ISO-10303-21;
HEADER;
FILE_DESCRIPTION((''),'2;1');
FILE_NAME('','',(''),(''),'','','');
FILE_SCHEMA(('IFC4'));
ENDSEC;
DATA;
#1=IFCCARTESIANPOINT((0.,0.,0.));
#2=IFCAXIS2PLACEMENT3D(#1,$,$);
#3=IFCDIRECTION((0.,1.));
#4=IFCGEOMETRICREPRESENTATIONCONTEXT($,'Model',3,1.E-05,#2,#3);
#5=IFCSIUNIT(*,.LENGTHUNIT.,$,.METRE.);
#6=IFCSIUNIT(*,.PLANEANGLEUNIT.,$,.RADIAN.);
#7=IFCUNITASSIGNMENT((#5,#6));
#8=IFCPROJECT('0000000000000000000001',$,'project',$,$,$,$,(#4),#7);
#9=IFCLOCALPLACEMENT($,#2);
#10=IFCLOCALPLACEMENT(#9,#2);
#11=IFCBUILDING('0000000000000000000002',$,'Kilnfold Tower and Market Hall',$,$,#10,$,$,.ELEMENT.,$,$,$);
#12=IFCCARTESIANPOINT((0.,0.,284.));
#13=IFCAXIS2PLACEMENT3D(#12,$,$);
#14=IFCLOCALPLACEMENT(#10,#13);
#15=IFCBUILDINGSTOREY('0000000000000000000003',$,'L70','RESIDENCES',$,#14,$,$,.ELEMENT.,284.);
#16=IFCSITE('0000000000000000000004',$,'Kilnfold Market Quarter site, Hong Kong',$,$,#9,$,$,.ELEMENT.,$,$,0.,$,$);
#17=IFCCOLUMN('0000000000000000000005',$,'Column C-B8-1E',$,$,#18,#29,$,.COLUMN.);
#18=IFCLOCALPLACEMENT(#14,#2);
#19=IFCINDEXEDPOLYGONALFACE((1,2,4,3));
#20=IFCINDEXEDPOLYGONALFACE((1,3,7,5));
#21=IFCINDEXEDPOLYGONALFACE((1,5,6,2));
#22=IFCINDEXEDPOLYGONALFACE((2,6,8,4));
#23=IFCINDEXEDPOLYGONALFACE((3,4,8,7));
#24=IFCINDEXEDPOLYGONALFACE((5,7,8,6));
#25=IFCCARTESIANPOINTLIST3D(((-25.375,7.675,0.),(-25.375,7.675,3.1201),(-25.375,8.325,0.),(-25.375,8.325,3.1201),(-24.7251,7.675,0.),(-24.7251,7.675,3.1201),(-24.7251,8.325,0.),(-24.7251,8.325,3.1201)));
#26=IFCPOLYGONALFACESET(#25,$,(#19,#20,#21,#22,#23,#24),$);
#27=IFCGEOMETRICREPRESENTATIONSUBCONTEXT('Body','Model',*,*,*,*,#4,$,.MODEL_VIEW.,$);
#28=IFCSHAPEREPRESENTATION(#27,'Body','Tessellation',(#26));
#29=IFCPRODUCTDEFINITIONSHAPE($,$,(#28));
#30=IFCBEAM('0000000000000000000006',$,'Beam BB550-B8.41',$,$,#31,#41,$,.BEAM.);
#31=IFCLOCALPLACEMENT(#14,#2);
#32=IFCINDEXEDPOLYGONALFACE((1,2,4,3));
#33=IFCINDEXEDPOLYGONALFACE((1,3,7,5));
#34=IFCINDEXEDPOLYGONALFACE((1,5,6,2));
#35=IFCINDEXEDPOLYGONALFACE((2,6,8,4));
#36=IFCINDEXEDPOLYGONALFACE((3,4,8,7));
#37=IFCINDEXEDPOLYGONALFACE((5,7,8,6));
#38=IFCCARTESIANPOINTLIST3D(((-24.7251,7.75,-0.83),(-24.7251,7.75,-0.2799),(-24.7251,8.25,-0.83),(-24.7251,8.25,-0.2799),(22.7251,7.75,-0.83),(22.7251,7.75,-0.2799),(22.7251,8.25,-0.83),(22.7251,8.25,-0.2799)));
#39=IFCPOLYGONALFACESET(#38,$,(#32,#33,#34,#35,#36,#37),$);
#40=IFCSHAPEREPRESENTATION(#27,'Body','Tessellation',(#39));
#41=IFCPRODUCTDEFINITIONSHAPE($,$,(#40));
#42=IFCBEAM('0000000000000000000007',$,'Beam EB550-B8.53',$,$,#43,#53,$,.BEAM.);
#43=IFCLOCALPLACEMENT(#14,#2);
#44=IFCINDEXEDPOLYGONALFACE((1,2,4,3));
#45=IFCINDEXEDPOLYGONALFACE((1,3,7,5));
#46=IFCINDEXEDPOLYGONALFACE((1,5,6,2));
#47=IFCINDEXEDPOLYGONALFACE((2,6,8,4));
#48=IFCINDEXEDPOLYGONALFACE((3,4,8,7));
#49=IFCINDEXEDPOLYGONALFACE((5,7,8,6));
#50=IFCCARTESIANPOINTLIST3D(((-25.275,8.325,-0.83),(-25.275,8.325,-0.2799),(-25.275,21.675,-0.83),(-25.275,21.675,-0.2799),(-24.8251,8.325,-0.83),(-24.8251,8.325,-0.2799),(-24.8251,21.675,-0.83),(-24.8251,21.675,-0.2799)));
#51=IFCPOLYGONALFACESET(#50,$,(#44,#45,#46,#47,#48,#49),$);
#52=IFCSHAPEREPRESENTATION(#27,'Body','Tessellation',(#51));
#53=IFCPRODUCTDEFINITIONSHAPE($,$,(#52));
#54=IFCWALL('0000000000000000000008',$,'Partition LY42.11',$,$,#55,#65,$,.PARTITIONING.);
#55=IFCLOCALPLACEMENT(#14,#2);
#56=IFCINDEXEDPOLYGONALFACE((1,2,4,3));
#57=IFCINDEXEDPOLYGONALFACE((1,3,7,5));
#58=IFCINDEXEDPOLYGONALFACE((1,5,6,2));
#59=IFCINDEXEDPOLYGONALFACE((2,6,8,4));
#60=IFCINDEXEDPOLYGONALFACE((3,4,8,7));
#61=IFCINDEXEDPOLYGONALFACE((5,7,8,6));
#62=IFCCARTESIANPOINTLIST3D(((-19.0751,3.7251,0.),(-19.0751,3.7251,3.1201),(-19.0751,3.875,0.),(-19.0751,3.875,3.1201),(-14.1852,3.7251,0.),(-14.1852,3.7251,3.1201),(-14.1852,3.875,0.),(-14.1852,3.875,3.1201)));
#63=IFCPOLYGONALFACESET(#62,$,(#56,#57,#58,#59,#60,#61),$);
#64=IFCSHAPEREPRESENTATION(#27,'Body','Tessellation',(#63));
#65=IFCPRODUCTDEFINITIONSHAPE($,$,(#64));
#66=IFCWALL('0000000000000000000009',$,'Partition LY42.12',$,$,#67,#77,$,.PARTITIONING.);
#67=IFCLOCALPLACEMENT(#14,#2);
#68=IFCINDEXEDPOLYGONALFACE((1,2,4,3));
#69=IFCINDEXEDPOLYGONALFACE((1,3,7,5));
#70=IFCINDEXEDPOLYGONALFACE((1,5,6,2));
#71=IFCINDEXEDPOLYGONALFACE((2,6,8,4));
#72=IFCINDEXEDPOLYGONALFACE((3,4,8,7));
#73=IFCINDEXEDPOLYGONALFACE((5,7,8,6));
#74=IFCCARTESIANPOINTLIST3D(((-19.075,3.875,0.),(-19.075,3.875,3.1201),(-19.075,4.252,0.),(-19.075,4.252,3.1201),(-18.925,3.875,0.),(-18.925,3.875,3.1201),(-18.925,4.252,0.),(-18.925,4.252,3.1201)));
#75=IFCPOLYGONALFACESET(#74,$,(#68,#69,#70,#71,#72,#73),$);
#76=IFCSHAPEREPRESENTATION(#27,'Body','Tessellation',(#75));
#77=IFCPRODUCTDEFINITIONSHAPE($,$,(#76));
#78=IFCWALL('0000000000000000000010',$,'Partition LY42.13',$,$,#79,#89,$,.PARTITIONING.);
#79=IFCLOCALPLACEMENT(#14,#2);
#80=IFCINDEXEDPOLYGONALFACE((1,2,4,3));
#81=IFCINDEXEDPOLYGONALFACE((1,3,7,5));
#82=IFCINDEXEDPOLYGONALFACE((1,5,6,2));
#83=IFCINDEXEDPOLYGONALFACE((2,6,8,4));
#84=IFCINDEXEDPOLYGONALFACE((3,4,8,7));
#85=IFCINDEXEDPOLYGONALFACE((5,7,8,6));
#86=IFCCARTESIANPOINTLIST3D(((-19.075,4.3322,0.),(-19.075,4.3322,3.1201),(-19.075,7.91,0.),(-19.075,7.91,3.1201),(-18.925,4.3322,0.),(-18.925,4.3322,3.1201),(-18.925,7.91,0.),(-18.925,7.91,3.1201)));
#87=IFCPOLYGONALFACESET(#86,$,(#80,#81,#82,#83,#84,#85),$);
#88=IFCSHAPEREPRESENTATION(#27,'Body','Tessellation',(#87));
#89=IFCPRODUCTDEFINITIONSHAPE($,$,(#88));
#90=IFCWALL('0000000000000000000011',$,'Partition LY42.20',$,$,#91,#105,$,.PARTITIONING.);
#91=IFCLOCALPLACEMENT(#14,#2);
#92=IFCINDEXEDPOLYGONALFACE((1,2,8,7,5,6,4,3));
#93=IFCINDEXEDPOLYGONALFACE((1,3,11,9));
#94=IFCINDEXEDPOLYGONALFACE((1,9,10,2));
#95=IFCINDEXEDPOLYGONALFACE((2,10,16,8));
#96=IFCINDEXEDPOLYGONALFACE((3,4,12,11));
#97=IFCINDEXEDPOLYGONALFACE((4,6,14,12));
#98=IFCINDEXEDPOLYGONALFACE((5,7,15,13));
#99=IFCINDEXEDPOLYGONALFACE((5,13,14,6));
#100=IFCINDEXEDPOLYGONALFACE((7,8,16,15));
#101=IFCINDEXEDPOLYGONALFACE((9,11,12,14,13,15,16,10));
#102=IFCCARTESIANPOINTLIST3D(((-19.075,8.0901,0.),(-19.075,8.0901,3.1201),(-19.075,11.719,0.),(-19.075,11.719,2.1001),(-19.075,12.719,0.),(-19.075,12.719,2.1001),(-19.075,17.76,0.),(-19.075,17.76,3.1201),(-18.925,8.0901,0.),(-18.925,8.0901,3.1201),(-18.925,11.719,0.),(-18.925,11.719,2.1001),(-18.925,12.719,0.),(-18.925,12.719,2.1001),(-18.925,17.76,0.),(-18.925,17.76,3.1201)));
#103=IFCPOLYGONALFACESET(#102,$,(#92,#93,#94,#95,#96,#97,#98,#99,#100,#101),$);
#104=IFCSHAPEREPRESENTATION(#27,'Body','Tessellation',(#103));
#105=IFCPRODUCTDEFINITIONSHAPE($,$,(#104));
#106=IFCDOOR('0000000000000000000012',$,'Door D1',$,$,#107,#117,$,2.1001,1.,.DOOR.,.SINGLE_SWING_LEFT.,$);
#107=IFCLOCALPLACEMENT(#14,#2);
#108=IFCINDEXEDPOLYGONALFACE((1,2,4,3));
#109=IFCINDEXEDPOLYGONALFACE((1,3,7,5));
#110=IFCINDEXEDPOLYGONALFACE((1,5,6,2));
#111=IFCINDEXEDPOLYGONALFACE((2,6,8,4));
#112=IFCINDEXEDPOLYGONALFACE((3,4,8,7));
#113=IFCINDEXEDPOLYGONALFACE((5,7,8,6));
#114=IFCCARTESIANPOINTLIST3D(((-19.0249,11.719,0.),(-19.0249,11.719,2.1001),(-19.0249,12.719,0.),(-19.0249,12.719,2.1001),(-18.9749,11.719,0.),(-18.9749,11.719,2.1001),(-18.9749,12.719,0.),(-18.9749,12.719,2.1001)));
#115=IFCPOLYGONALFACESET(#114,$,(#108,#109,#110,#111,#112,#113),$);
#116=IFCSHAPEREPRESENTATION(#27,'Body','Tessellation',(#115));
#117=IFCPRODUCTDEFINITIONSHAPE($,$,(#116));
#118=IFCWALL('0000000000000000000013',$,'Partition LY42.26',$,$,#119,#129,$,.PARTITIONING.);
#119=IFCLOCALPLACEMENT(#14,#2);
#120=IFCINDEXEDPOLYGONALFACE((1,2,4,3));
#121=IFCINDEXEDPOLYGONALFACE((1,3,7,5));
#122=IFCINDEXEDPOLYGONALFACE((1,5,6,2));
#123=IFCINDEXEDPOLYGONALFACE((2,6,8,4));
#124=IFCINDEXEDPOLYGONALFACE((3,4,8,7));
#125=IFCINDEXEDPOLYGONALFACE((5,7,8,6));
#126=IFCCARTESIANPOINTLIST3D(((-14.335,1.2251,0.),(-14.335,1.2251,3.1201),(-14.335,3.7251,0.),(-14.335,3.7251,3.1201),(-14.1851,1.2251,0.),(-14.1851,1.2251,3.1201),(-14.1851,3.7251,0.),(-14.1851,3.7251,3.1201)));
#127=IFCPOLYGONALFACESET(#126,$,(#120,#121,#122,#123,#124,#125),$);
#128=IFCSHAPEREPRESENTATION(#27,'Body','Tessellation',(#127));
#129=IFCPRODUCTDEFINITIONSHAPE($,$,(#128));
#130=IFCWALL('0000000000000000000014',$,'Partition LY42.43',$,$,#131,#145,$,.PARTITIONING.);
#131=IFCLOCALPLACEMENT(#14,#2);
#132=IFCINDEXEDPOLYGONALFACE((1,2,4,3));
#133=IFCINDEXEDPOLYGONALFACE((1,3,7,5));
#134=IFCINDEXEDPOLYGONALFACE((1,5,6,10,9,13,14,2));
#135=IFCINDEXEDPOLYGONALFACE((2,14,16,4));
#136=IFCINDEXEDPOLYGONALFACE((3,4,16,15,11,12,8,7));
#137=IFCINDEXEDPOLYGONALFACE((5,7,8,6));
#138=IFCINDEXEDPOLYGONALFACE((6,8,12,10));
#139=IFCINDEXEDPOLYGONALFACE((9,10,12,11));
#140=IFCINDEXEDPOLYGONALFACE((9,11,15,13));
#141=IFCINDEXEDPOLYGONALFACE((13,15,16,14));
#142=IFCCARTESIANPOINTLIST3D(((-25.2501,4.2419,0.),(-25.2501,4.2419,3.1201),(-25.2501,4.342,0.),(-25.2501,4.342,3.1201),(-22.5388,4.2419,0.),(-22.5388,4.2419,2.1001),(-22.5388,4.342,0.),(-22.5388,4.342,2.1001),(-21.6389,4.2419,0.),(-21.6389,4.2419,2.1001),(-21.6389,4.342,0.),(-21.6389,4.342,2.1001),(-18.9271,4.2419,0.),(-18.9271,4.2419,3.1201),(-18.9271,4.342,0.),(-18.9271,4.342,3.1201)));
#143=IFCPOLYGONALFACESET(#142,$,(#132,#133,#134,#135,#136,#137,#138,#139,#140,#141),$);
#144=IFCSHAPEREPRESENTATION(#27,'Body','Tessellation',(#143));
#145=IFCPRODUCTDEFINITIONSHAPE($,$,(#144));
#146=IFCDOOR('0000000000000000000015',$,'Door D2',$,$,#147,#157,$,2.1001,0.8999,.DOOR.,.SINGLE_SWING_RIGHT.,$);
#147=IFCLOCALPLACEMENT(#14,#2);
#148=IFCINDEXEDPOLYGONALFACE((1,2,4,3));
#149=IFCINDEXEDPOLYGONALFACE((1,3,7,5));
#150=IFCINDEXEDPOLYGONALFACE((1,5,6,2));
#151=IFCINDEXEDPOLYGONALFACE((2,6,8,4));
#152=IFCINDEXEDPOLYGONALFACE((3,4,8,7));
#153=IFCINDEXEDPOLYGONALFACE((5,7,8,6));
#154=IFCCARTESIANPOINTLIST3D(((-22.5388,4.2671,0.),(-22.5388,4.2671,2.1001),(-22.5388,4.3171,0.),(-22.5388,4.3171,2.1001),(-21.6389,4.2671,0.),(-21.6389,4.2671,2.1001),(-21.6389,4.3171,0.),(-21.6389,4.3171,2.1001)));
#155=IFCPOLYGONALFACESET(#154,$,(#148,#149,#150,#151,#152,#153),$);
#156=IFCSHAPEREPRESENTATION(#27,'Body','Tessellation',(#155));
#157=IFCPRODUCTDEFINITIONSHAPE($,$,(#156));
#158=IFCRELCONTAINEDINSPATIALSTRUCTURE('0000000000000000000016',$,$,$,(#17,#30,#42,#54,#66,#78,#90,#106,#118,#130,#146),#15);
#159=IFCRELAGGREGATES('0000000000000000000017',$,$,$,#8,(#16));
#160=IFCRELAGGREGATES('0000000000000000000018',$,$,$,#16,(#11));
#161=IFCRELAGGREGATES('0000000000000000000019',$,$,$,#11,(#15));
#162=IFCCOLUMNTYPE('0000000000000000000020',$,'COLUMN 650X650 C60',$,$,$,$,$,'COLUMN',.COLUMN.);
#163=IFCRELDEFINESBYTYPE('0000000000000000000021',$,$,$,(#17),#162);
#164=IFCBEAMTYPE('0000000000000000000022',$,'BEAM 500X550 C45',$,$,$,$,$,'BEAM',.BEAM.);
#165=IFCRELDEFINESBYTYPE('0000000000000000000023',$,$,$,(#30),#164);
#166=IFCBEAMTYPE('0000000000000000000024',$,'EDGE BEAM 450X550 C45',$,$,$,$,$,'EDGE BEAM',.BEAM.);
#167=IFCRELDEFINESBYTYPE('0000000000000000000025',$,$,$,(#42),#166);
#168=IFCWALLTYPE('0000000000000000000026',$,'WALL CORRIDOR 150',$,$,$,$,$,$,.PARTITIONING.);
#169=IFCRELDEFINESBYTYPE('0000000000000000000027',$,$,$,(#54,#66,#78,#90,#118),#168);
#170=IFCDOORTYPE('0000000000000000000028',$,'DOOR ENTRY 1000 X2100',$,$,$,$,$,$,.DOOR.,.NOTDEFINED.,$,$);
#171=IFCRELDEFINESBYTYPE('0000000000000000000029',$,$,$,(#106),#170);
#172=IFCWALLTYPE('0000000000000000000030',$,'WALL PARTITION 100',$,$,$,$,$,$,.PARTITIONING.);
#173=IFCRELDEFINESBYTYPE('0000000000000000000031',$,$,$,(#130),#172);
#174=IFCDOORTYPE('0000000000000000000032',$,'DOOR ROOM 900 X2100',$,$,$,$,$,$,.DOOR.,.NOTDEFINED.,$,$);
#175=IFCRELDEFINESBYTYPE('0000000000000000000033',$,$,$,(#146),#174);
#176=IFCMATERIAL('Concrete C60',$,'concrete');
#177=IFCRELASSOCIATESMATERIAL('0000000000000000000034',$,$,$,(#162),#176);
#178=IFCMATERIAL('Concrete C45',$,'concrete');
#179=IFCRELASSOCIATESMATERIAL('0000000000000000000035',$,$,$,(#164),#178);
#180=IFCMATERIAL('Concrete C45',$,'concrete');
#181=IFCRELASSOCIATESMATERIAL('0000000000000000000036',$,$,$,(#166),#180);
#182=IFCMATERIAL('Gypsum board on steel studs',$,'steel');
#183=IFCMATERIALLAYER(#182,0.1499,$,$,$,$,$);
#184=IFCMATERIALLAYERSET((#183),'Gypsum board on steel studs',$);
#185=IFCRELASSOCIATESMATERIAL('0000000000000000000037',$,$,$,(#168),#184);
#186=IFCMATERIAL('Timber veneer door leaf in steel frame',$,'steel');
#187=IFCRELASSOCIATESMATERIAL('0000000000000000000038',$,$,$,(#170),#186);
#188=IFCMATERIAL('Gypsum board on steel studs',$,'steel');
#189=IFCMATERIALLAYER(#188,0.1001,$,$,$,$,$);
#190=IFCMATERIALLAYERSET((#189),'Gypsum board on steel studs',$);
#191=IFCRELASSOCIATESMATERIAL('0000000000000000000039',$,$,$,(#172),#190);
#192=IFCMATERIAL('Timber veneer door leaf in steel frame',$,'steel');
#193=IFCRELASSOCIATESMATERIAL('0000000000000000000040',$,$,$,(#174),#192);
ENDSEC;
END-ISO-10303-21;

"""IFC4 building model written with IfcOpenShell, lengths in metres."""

from ifc_helpers import new_model, si_unit, direction, frame, frame_2d, origin, origin_2d, place, context, subcontext, project, spatial, rectangle, extrude, source, transform, mapped, material, layer, layer_set, material_profile, profile_set, type_object, element, fill, save


model = new_model("IFC4")

# Units and contexts
model_context = context("Model", 3, precision=1e-05, world=origin(), true_north=direction((0.0, 1.0)))
body_context = subcontext(model_context, "Body", "Model", "MODEL_VIEW")
ifc_project = project(units=[si_unit("LENGTHUNIT", "METRE"), si_unit("PLANEANGLEUNIT", "RADIAN")], contexts=[model_context])

# Site, building, storey
site_placement = place(None, origin())
site = spatial("IfcSite", under=ifc_project, at=site_placement, Name="Kilnfold Market Quarter site, Hong Kong", CompositionType="ELEMENT", RefElevation=0.0)
building_placement = place(site_placement, origin())
building = spatial("IfcBuilding", under=site, at=building_placement, Name="Kilnfold Tower and Market Hall", CompositionType="ELEMENT")
storey_placement = place(building_placement, frame((0.0, 0.0, 284.0)))
storey = spatial("IfcBuildingStorey", under=building, at=storey_placement, Name="L70", Description="RESIDENCES", CompositionType="ELEMENT", Elevation=284.0)

# Column
ifc_material_1 = material(Name="Concrete C60", Category="concrete")
ifc_material_profile_1 = material_profile(ifc_material_1, rectangle(XDim=0.6499, YDim=0.6499, at=origin_2d()), Name="RC 650x650")
ifc_profile_set_1 = profile_set([ifc_material_profile_1], Name="Concrete C60")
column_type = type_object("IfcColumnType", Name="COLUMN 650X650 C60", ElementType="COLUMN", PredefinedType="COLUMN", material=ifc_profile_set_1)
shared_shape_1 = source(origin(), body_context, "Body", "SweptSolid", [
    extrude(rectangle(XDim=0.6499, YDim=0.6499, at=origin_2d()), origin(), (0.0, 0.0, 1.0), 3.1201),
])
column_placement = place(storey_placement, frame((-25.05, 8.0, 0.0), z_axis=(0.0, 0.0, 1.0), x_axis=(1.0, 0.0, 0.0)))
element("IfcColumn", 1, at=column_placement, inside=storey, type_object=column_type, Name="Column C-B8-1E", PredefinedType="COLUMN", context=body_context, shape_type="MappedRepresentation", body=[
    mapped(shared_shape_1, transform((0.0, 0.0, 0.0))),
])

# Beams
ifc_material_2 = material(Name="Concrete C45", Category="concrete")
ifc_material_profile_2 = material_profile(ifc_material_2, rectangle(XDim=0.5, YDim=0.55, at=origin_2d()), Name="RC 500x550")
ifc_profile_set_2 = profile_set([ifc_material_profile_2], Name="Concrete C45")
beam_type_1 = type_object("IfcBeamType", Name="BEAM 500X550 C45", ElementType="BEAM", PredefinedType="BEAM", material=ifc_profile_set_2)
shared_shape_2 = source(origin(), body_context, "Body", "SweptSolid", [
    extrude(rectangle(XDim=0.5, YDim=0.55, at=origin_2d()), origin(), (0.0, 0.0, 1.0), 47.4502),
])
beam_1_placement = place(storey_placement, frame((-24.7251, 8.0, -0.5549), z_axis=(1.0, 0.0, 0.0), x_axis=(0.0, 1.0, 0.0)))
element("IfcBeam", 2, at=beam_1_placement, inside=storey, type_object=beam_type_1, Name="Beam BB550-B8.41", PredefinedType="BEAM", context=body_context, shape_type="MappedRepresentation", body=[
    mapped(shared_shape_2, transform((0.0, 0.0, 0.0))),
])
ifc_material_3 = material(Name="Concrete C45", Category="concrete")
ifc_material_profile_3 = material_profile(ifc_material_3, rectangle(XDim=0.45, YDim=0.55, at=origin_2d()), Name="RC 450x550")
ifc_profile_set_3 = profile_set([ifc_material_profile_3], Name="Concrete C45")
beam_type_2 = type_object("IfcBeamType", Name="EDGE BEAM 450X550 C45", ElementType="EDGE BEAM", PredefinedType="BEAM", material=ifc_profile_set_3)
shared_shape_3 = source(origin(), body_context, "Body", "SweptSolid", [
    extrude(rectangle(XDim=0.45, YDim=0.55, at=origin_2d()), origin(), (0.0, 0.0, 1.0), 13.3501),
])
beam_2_placement = place(storey_placement, frame((-25.05, 8.325, -0.5549), z_axis=(0.0, 1.0, 0.0), x_axis=(-1.0, 0.0, 0.0)))
element("IfcBeam", 3, at=beam_2_placement, inside=storey, type_object=beam_type_2, Name="Beam EB550-B8.53", PredefinedType="BEAM", context=body_context, shape_type="MappedRepresentation", body=[
    mapped(shared_shape_3, transform((0.0, 0.0, 0.0))),
])

# Walls
ifc_material_4 = material(Name="Gypsum board on steel studs", Category="steel")
ifc_layer_1 = layer(ifc_material_4, 0.1499)
ifc_layer_set_1 = layer_set([ifc_layer_1], Name="Gypsum board on steel studs")
wall_type_1 = type_object("IfcWallType", Name="WALL CORRIDOR 150", PredefinedType="PARTITIONING", material=ifc_layer_set_1)
wall_1_placement = place(storey_placement, frame((-19.075, 3.8, 0.0), z_axis=(0.0, 0.0, 1.0), x_axis=(1.0, 0.0, 0.0)))
element("IfcWall", 4, at=wall_1_placement, inside=storey, type_object=wall_type_1, Name="Partition LY42.11", PredefinedType="PARTITIONING", context=body_context, shape_type="SweptSolid", body=[
    extrude(rectangle(XDim=4.8899, YDim=0.1499, at=frame_2d((2.4448, 0.0))), origin(), (0.0, 0.0, 1.0), 3.1201),
])
wall_2_placement = place(storey_placement, frame((-19.0, 3.875, 0.0), z_axis=(0.0, 0.0, 1.0), x_axis=(0.0, 1.0, 0.0)))
element("IfcWall", 5, at=wall_2_placement, inside=storey, type_object=wall_type_1, Name="Partition LY42.12", PredefinedType="PARTITIONING", context=body_context, shape_type="SweptSolid", body=[
    extrude(rectangle(XDim=0.377, YDim=0.1499, at=frame_2d((0.1885, 0.0))), origin(), (0.0, 0.0, 1.0), 3.1201),
])
wall_3_placement = place(storey_placement, frame((-19.0, 4.332, 0.0), z_axis=(0.0, 0.0, 1.0), x_axis=(0.0, 1.0, 0.0)))
element("IfcWall", 6, at=wall_3_placement, inside=storey, type_object=wall_type_1, Name="Partition LY42.13", PredefinedType="PARTITIONING", context=body_context, shape_type="SweptSolid", body=[
    extrude(rectangle(XDim=3.5779, YDim=0.1499, at=frame_2d((1.7891, 0.0))), origin(), (0.0, 0.0, 1.0), 3.1201),
])

# Wall, opening, door
wall_4_placement = place(storey_placement, frame((-19.0, 8.0901, 0.0), z_axis=(0.0, 0.0, 1.0), x_axis=(0.0, 1.0, 0.0)))
wall_4 = element("IfcWall", 7, at=wall_4_placement, inside=storey, type_object=wall_type_1, Name="Partition LY42.20", PredefinedType="PARTITIONING", context=body_context, shape_type="SweptSolid", body=[
    extrude(rectangle(XDim=9.6699, YDim=0.1499, at=frame_2d((4.835, 0.0))), origin(), (0.0, 0.0, 1.0), 3.1201),
])
opening_1_placement = place(wall_4_placement, frame((3.6289, 0.0, 0.0)))
opening_1 = element("IfcOpeningElement", 8, at=opening_1_placement, cuts=wall_4, PredefinedType="OPENING", context=body_context, shape_type="SweptSolid", body=[
    extrude(rectangle(XDim=1.0, YDim=2.1001, at=frame_2d((0.5, 1.05))), frame((0.0, 0.085, 0.0), z_axis=(0.0, -1.0, 0.0), x_axis=(1.0, 0.0, 0.0)), (0.0, 0.0, 1.0), 0.1699),
])
ifc_material_5 = material(Name="Timber veneer door leaf in steel frame", Category="steel")
door_type_1 = type_object("IfcDoorType", Name="DOOR ENTRY 1000 X2100", OperationType="NOTDEFINED", PredefinedType="DOOR", material=ifc_material_5)
door_1_placement = place(opening_1_placement, origin())
door_1 = element("IfcDoor", 9, at=door_1_placement, inside=storey, type_object=door_type_1, Name="Door D1", OperationType="SINGLE_SWING_LEFT", OverallHeight=2.1001, OverallWidth=1.0, PredefinedType="DOOR", context=body_context, shape_type="SweptSolid", body=[
    extrude(rectangle(XDim=1.0, YDim=2.1001, at=frame_2d((0.5, 1.05))), frame((0.0, 0.0249, 0.0), z_axis=(0.0, -1.0, 0.0), x_axis=(1.0, 0.0, 0.0)), (0.0, 0.0, 1.0), 0.05),
])
fill(opening_1, door_1)

# Wall
wall_5_placement = place(storey_placement, frame((-14.26, 3.7251, 0.0), z_axis=(0.0, 0.0, 1.0), x_axis=(0.0, -1.0, 0.0)))
element("IfcWall", 10, at=wall_5_placement, inside=storey, type_object=wall_type_1, Name="Partition LY42.26", PredefinedType="PARTITIONING", context=body_context, shape_type="SweptSolid", body=[
    extrude(rectangle(XDim=2.5, YDim=0.1499, at=frame_2d((1.25, 0.0))), origin(), (0.0, 0.0, 1.0), 3.1201),
])

# Wall, opening, door
ifc_material_6 = material(Name="Gypsum board on steel studs", Category="steel")
ifc_layer_2 = layer(ifc_material_6, 0.1001)
ifc_layer_set_2 = layer_set([ifc_layer_2], Name="Gypsum board on steel studs")
wall_type_2 = type_object("IfcWallType", Name="WALL PARTITION 100", PredefinedType="PARTITIONING", material=ifc_layer_set_2)
wall_6_placement = place(storey_placement, frame((-18.927, 4.292, 0.0), z_axis=(0.0, 0.0, 1.0), x_axis=(-1.0, 0.0, 0.0)))
wall_6 = element("IfcWall", 11, at=wall_6_placement, inside=storey, type_object=wall_type_2, Name="Partition LY42.43", PredefinedType="PARTITIONING", context=body_context, shape_type="SweptSolid", body=[
    extrude(rectangle(XDim=6.323, YDim=0.1001, at=frame_2d((3.1616, 0.0))), origin(), (0.0, 0.0, 1.0), 3.1201),
])
opening_2_placement = place(wall_6_placement, frame((2.7119, 0.0, 0.0)))
opening_2 = element("IfcOpeningElement", 12, at=opening_2_placement, cuts=wall_6, PredefinedType="OPENING", context=body_context, shape_type="SweptSolid", body=[
    extrude(rectangle(XDim=0.8999, YDim=2.1001, at=frame_2d((0.45, 1.05))), frame((0.0, 0.0601, 0.0), z_axis=(0.0, -1.0, 0.0), x_axis=(1.0, 0.0, 0.0)), (0.0, 0.0, 1.0), 0.1201),
])
ifc_material_7 = material(Name="Timber veneer door leaf in steel frame", Category="steel")
door_type_2 = type_object("IfcDoorType", Name="DOOR ROOM 900 X2100", OperationType="NOTDEFINED", PredefinedType="DOOR", material=ifc_material_7)
door_2_placement = place(opening_2_placement, origin())
door_2 = element("IfcDoor", 13, at=door_2_placement, inside=storey, type_object=door_type_2, Name="Door D2", OperationType="SINGLE_SWING_RIGHT", OverallHeight=2.1001, OverallWidth=0.8999, PredefinedType="DOOR", context=body_context, shape_type="SweptSolid", body=[
    extrude(rectangle(XDim=0.8999, YDim=2.1001, at=frame_2d((0.45, 1.05))), frame((0.0, 0.0249, 0.0), z_axis=(0.0, -1.0, 0.0), x_axis=(1.0, 0.0, 0.0)), (0.0, 0.0, 1.0), 0.05),
])
fill(opening_2, door_2)

save(model, "model.ifc")
